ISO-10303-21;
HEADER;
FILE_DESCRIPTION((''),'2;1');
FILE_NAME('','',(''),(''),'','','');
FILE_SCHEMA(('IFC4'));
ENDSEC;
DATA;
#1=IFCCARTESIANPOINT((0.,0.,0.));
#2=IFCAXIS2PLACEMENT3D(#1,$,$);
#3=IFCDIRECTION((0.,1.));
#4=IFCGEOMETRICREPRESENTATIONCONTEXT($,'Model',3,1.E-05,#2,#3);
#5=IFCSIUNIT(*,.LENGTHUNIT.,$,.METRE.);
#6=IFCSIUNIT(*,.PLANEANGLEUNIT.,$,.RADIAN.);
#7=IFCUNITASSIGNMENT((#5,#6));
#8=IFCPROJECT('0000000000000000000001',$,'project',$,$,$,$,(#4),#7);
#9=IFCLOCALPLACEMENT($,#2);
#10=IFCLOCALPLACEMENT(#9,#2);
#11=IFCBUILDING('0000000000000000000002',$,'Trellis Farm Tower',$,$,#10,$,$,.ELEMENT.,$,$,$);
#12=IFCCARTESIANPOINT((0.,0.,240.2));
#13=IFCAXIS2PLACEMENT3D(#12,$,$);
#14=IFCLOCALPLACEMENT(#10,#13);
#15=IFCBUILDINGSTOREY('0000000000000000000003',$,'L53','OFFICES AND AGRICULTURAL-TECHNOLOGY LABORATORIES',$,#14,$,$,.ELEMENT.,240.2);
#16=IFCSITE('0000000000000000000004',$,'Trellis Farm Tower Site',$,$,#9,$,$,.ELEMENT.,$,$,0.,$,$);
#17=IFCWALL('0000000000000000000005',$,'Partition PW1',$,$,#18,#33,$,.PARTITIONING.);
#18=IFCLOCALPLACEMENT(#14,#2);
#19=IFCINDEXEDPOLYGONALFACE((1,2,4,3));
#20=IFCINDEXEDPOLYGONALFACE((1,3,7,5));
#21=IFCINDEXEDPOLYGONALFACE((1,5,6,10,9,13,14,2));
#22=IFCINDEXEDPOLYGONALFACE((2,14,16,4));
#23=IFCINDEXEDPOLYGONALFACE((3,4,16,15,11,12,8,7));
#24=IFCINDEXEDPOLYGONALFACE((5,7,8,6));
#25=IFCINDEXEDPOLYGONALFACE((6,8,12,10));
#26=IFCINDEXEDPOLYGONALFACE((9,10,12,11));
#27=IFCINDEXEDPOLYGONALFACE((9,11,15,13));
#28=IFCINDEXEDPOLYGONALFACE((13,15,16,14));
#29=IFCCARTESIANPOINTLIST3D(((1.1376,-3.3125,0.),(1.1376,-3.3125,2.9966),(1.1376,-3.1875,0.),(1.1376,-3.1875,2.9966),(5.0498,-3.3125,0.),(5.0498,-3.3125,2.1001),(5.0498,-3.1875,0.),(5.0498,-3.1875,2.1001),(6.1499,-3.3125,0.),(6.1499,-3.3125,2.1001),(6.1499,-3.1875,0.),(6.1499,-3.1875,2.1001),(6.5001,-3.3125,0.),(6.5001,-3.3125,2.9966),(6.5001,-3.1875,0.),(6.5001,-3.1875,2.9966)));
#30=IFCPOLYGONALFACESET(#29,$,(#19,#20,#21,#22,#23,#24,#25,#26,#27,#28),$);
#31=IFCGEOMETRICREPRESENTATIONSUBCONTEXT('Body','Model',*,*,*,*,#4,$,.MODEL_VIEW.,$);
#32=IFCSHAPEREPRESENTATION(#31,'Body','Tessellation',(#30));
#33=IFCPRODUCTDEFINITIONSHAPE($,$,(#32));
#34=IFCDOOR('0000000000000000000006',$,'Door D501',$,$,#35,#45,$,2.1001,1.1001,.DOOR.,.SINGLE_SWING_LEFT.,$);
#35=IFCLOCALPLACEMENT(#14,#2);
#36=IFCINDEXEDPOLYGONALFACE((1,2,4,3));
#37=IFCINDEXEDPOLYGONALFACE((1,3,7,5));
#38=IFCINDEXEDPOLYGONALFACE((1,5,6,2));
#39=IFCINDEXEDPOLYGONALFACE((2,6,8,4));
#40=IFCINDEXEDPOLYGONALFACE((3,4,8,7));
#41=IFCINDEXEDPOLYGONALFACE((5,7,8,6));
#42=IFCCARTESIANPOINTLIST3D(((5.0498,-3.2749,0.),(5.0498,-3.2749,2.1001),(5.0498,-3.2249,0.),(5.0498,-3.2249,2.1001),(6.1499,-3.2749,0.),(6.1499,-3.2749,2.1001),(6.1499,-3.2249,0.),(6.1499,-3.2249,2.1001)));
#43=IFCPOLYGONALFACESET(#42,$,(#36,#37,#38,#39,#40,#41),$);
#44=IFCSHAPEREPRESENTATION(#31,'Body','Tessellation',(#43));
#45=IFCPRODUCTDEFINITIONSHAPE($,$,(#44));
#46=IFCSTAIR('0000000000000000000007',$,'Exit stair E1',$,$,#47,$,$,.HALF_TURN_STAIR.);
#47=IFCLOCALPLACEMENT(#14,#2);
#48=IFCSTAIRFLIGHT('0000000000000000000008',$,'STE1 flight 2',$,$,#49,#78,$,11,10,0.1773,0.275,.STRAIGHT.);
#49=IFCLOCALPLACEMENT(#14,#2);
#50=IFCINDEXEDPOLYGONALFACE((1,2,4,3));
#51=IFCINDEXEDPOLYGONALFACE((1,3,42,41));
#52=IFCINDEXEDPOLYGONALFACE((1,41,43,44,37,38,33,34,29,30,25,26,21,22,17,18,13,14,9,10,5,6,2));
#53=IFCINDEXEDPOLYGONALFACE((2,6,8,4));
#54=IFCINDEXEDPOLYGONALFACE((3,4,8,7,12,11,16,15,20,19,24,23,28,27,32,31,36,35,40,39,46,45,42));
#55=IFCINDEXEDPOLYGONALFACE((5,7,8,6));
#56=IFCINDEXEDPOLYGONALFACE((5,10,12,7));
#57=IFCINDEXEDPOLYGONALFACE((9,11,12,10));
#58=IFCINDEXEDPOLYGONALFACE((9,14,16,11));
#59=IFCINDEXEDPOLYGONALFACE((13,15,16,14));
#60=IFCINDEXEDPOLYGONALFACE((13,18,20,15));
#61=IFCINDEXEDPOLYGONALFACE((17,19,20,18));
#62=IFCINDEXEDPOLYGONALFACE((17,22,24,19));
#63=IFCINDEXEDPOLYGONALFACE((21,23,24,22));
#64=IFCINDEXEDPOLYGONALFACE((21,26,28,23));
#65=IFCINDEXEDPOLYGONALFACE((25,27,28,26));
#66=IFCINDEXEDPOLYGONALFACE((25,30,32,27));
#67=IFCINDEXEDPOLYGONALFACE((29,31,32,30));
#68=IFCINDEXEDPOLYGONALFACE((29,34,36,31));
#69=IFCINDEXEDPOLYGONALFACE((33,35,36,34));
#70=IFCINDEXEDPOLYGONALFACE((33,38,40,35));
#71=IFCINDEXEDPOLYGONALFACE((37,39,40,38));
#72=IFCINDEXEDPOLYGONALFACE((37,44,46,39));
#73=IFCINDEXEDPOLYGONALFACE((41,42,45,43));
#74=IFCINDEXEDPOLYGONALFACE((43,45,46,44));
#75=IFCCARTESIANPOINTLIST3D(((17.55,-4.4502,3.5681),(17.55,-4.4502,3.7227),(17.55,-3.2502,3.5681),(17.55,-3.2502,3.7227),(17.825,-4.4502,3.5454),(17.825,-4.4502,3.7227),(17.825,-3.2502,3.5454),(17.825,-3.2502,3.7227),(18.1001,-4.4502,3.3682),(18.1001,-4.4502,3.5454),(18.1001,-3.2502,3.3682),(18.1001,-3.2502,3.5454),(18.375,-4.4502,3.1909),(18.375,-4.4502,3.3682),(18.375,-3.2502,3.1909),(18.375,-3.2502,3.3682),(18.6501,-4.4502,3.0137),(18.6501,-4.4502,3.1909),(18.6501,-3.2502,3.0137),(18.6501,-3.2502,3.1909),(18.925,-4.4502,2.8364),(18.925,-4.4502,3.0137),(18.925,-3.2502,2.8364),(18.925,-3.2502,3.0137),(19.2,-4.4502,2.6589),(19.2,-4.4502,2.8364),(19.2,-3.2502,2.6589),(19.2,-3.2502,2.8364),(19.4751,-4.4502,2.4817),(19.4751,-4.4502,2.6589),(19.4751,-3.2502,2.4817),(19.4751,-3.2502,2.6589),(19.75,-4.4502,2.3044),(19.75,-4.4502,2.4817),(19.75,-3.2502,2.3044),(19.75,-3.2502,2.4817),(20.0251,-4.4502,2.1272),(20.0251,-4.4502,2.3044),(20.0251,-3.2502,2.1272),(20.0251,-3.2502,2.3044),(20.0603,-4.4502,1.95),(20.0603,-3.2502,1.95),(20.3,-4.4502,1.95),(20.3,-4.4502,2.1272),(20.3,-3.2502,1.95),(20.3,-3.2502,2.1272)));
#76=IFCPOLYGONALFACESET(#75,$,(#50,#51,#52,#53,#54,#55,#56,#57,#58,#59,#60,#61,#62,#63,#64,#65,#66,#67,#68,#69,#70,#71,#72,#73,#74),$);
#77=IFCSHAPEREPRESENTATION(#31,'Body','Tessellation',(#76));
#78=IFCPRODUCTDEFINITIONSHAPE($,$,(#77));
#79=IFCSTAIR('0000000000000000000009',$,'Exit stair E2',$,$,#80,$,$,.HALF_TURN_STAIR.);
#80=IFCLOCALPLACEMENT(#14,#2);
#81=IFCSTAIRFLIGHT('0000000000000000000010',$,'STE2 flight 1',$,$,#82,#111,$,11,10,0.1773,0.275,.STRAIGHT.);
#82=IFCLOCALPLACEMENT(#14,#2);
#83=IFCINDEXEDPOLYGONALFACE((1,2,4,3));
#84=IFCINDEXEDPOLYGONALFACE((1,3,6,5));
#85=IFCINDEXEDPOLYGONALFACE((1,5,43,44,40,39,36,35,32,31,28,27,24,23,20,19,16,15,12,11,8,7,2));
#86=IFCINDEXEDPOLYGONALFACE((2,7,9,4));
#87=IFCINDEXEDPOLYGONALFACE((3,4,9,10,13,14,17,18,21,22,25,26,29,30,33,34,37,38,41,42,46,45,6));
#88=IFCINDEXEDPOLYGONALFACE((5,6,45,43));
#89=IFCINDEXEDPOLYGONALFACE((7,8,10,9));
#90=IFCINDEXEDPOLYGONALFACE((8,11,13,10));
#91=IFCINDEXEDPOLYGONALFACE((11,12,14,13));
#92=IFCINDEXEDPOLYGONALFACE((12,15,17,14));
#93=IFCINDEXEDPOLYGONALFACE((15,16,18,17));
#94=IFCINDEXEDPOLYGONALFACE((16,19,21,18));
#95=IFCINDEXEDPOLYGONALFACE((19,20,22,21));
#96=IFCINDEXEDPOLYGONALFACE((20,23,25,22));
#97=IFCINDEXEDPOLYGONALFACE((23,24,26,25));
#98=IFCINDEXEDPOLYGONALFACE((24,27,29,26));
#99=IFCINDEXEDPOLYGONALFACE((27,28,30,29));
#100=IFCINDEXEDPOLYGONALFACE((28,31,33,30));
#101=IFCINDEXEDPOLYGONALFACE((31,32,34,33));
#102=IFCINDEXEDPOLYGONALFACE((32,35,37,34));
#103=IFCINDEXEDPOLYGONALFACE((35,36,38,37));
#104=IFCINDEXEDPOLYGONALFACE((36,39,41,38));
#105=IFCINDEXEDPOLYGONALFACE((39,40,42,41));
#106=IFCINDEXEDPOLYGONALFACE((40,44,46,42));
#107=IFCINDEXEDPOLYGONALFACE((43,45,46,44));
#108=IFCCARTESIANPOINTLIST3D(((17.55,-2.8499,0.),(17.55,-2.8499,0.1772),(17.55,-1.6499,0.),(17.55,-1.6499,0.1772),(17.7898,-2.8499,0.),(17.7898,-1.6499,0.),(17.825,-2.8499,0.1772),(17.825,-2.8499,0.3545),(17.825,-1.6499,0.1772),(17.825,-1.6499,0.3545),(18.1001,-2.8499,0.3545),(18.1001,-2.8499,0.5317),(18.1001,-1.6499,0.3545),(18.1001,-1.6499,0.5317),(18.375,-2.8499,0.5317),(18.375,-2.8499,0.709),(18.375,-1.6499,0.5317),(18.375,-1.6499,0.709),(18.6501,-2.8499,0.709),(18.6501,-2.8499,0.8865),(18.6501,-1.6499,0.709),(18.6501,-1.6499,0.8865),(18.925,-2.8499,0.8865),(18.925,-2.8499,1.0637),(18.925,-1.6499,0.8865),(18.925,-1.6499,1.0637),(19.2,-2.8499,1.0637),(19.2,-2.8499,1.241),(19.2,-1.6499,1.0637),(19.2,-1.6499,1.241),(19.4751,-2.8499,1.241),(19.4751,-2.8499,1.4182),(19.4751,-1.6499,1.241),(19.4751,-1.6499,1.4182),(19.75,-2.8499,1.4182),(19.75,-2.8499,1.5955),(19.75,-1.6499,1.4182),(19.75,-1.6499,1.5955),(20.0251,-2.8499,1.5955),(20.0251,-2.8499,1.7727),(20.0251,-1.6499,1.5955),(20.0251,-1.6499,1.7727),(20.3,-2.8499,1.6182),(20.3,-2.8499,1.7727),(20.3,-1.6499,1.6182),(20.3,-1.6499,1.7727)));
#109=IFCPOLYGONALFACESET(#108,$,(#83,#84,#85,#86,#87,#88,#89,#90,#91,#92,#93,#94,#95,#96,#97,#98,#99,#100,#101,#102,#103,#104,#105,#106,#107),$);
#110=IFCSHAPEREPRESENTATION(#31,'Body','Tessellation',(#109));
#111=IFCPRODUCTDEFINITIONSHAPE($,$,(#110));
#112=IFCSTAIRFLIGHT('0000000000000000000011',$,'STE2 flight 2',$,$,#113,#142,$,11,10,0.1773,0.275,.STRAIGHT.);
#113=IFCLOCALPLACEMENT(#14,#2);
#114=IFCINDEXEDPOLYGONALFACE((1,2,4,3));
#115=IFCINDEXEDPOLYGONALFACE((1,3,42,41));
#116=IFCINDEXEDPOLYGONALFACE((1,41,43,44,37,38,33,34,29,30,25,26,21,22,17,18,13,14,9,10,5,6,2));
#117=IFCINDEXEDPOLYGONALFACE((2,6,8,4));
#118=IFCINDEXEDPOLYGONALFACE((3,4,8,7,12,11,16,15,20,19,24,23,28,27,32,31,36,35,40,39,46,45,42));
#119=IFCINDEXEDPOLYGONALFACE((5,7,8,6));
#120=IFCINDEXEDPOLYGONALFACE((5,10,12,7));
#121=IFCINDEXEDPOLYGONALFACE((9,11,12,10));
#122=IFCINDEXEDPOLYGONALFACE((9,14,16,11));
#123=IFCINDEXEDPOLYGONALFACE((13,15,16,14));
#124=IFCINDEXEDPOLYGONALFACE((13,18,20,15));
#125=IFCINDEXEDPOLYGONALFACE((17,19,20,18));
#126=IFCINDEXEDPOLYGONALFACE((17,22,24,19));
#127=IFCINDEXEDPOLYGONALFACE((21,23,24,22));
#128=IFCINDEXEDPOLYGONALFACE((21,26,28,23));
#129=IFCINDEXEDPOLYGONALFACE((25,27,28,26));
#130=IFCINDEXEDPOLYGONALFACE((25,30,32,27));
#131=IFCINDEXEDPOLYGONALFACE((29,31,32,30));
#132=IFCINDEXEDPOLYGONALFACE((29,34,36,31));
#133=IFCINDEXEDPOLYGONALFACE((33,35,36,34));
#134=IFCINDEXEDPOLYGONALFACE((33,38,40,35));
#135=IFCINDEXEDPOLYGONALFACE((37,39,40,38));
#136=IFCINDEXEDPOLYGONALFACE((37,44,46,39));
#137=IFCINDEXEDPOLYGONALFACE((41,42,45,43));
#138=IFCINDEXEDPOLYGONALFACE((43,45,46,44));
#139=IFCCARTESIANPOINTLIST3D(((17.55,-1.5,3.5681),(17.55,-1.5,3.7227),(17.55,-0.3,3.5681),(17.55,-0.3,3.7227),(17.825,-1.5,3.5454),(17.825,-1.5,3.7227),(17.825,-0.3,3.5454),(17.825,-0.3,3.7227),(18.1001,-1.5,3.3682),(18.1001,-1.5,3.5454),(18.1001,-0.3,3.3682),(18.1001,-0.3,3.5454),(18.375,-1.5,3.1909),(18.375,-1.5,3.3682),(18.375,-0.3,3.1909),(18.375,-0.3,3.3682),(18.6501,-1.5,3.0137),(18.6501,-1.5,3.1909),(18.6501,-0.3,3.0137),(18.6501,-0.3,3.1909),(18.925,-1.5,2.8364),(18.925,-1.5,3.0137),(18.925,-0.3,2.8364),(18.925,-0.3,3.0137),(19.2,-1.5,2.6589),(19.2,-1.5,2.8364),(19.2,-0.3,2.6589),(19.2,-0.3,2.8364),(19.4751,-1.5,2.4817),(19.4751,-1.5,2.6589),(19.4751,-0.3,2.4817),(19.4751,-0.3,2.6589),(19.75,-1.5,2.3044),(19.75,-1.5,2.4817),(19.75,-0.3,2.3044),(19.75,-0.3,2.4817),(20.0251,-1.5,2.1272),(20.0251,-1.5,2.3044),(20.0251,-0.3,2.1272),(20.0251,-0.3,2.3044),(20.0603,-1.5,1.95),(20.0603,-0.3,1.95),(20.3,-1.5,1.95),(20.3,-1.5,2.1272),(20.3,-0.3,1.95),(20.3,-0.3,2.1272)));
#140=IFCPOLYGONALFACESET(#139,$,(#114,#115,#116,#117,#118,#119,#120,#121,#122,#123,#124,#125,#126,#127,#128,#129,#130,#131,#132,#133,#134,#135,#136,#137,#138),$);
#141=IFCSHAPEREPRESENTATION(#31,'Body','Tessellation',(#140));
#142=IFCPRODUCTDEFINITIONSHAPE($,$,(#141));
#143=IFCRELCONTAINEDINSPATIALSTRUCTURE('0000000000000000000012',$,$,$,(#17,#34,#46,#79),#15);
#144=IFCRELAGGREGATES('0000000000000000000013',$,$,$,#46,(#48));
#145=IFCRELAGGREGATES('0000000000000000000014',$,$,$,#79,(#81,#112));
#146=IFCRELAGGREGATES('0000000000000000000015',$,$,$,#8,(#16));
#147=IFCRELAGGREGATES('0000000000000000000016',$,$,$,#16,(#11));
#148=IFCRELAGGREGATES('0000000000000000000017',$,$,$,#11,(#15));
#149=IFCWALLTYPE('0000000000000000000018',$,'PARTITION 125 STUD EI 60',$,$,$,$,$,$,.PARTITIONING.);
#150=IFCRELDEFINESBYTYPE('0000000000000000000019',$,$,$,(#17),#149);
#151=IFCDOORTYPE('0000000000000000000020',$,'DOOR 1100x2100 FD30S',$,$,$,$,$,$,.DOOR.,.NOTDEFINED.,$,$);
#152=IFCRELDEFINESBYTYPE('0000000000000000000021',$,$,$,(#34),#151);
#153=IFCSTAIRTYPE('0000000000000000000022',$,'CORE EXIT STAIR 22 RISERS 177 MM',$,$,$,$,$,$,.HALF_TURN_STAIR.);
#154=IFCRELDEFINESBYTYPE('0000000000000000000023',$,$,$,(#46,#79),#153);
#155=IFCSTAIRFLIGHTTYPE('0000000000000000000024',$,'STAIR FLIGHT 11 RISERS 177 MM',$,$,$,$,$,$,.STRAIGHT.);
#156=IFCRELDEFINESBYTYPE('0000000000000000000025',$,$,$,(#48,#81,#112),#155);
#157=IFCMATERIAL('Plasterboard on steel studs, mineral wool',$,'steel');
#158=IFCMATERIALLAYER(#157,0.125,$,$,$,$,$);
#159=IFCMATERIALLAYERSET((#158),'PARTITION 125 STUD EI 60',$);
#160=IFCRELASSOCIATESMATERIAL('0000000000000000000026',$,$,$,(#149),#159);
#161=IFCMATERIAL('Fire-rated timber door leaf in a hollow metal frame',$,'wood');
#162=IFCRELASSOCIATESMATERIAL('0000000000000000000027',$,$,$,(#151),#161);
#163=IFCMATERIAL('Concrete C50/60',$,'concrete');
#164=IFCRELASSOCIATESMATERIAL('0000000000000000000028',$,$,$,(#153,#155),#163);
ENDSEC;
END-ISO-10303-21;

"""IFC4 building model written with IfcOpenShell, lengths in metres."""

from ifc_helpers import new_model, si_unit, direction, frame, frame_2d, origin, place, context, subcontext, project, spatial, polyline, rectangle, outline, extrude, source, transform, mapped, material, layer, layer_set, type_object, element, fill, aggregate, save


model = new_model("IFC4")

# Units and contexts
model_context = context("Model", 3, precision=1e-05, world=origin(), true_north=direction((0.0, 1.0)))
body_context = subcontext(model_context, "Body", "Model", "MODEL_VIEW")
ifc_project = project(units=[si_unit("LENGTHUNIT", "METRE"), si_unit("PLANEANGLEUNIT", "RADIAN")], contexts=[model_context])

# Site, building, storey
site_placement = place(None, origin())
site = spatial("IfcSite", under=ifc_project, at=site_placement, Name="Trellis Farm Tower Site", CompositionType="ELEMENT", RefElevation=0.0)
building_placement = place(site_placement, origin())
building = spatial("IfcBuilding", under=site, at=building_placement, Name="Trellis Farm Tower", CompositionType="ELEMENT")
storey_placement = place(building_placement, frame((0.0, 0.0, 240.2)))
storey = spatial("IfcBuildingStorey", under=building, at=storey_placement, Name="L53", Description="OFFICES AND AGRICULTURAL-TECHNOLOGY LABORATORIES", CompositionType="ELEMENT", Elevation=240.2)

# Shared definitions
placement = place(storey_placement, origin())

# Shared definitions
ifc_material_1 = material(Name="Plasterboard on steel studs, mineral wool", Category="steel")
ifc_layer_1 = layer(ifc_material_1, 0.125)
ifc_layer_set_1 = layer_set([ifc_layer_1], Name="PARTITION 125 STUD EI 60")
wall_type_1 = type_object("IfcWallType", Name="PARTITION 125 STUD EI 60", PredefinedType="PARTITIONING", material=ifc_layer_set_1)

# Wall, opening, door
shared_shape_1 = source(origin(), body_context, "Body", "SweptSolid", [
    extrude(rectangle(XDim=5.3625, YDim=0.125, at=frame_2d((2.6812, 0.0))), origin(), (0.0, 0.0, 1.0), 2.9966),
])
wall_1_placement = place(storey_placement, frame((6.5, -3.25, 0.0), z_axis=(0.0, 0.0, 1.0), x_axis=(-1.0, 0.0, 0.0)))
wall_1 = element("IfcWall", 1, at=wall_1_placement, inside=storey, type_object=wall_type_1, Name="Partition PW1", PredefinedType="PARTITIONING", context=body_context, shape_type="MappedRepresentation", body=[
    mapped(shared_shape_1, transform((0.0, 0.0, 0.0))),
])
shared_shape_2 = source(origin(), body_context, "Body", "SweptSolid", [
    extrude(rectangle(XDim=1.1001, YDim=2.1001, at=frame_2d((0.55, 1.05))), frame((0.0, 0.0725, 0.0), z_axis=(0.0, -1.0, 0.0), x_axis=(1.0, 0.0, 0.0)), (0.0, 0.0, 1.0), 0.145),
])
opening_1_placement = place(wall_1_placement, frame((0.3501, 0.0, 0.0)))
opening_1 = element("IfcOpeningElement", 2, at=opening_1_placement, cuts=wall_1, PredefinedType="OPENING", context=body_context, shape_type="MappedRepresentation", body=[
    mapped(shared_shape_2, transform((0.0, 0.0, 0.0))),
])
ifc_material_2 = material(Name="Fire-rated timber door leaf in a hollow metal frame", Category="wood")
door_type_1 = type_object("IfcDoorType", Name="DOOR 1100x2100 FD30S", OperationType="NOTDEFINED", PredefinedType="DOOR", material=ifc_material_2)
shared_shape_3 = source(origin(), body_context, "Body", "SweptSolid", [
    extrude(rectangle(XDim=1.1001, YDim=2.1001, at=frame_2d((0.55, 1.05))), frame((0.0, 0.0249, 0.0), z_axis=(0.0, -1.0, 0.0), x_axis=(1.0, 0.0, 0.0)), (0.0, 0.0, 1.0), 0.05),
])
door_1_placement = place(opening_1_placement, origin())
door_1 = element("IfcDoor", 3, at=door_1_placement, inside=storey, type_object=door_type_1, Name="Door D501", OperationType="SINGLE_SWING_LEFT", OverallHeight=2.1001, OverallWidth=1.1001, PredefinedType="DOOR", context=body_context, shape_type="MappedRepresentation", body=[
    mapped(shared_shape_3, transform((0.0, 0.0, 0.0))),
])
fill(opening_1, door_1)

# Stair, stair flight
ifc_material_3 = material(Name="Concrete C50/60", Category="concrete")
stair_type = type_object("IfcStairType", Name="CORE EXIT STAIR 22 RISERS 177 MM", PredefinedType="HALF_TURN_STAIR", material=ifc_material_3)
stair_1 = element("IfcStair", 4, at=placement, inside=storey, type_object=stair_type, Name="Exit stair E1", PredefinedType="HALF_TURN_STAIR")
stair_flight_type = type_object("IfcStairFlightType", Name="STAIR FLIGHT 11 RISERS 177 MM", PredefinedType="STRAIGHT", material=ifc_material_3)
shared_shape_4 = source(origin(), body_context, "Body", "SweptSolid", [
    extrude(outline(polyline([(0.0, 0.0), (0.0, 0.1772), (0.2749, 0.1772), (0.2749, 0.3545), (0.55, 0.3545), (0.55, 0.5317), (0.825, 0.5317), (0.825, 0.709), (1.1001, 0.709), (1.1001, 0.8865), (1.375, 0.8865), (1.375, 1.0637), (1.6499, 1.0637), (1.6499, 1.241), (1.925, 1.241), (1.925, 1.4182), (2.2, 1.4182), (2.2, 1.5955), (2.4751, 1.5955), (2.4751, 1.7727), (2.75, 1.7727), (2.75, 1.95), (2.75, 1.6182), (0.2397, 0.0), (0.0, 0.0)])), frame((0.0, 0.6001, 0.0), z_axis=(0.0, -1.0, 0.0), x_axis=(1.0, 0.0, 0.0)), (0.0, 0.0, 1.0), 1.2),
])
stair_flight_1_placement = place(storey_placement, frame((20.3, -3.8501, 1.95), z_axis=(0.0, 0.0, 1.0), x_axis=(-1.0, 0.0, 0.0)))
stair_flight_1 = element("IfcStairFlight", 5, at=stair_flight_1_placement, type_object=stair_flight_type, Name="STE1 flight 2", NumberOfRisers=11, NumberOfTreads=10, PredefinedType="STRAIGHT", RiserHeight=0.1773, TreadLength=0.275, context=body_context, shape_type="MappedRepresentation", body=[
    mapped(shared_shape_4, transform((0.0, 0.0, 0.0))),
])
aggregate(stair_1, [stair_flight_1])

# Stair, stair flights
stair_2 = element("IfcStair", 6, at=placement, inside=storey, type_object=stair_type, Name="Exit stair E2", PredefinedType="HALF_TURN_STAIR")
stair_flight_2_placement = place(storey_placement, frame((17.55, -2.25, 0.0), z_axis=(0.0, 0.0, 1.0), x_axis=(1.0, 0.0, 0.0)))
stair_flight_2 = element("IfcStairFlight", 7, at=stair_flight_2_placement, type_object=stair_flight_type, Name="STE2 flight 1", NumberOfRisers=11, NumberOfTreads=10, PredefinedType="STRAIGHT", RiserHeight=0.1773, TreadLength=0.275, context=body_context, shape_type="MappedRepresentation", body=[
    mapped(shared_shape_4, transform((0.0, 0.0, 0.0))),
])
stair_flight_3_placement = place(storey_placement, frame((20.3, -0.8999, 1.95), z_axis=(0.0, 0.0, 1.0), x_axis=(-1.0, 0.0, 0.0)))
stair_flight_3 = element("IfcStairFlight", 8, at=stair_flight_3_placement, type_object=stair_flight_type, Name="STE2 flight 2", NumberOfRisers=11, NumberOfTreads=10, PredefinedType="STRAIGHT", RiserHeight=0.1773, TreadLength=0.275, context=body_context, shape_type="MappedRepresentation", body=[
    mapped(shared_shape_4, transform((0.0, 0.0, 0.0))),
])
aggregate(stair_2, [stair_flight_2, stair_flight_3])

save(model, "model.ifc")
